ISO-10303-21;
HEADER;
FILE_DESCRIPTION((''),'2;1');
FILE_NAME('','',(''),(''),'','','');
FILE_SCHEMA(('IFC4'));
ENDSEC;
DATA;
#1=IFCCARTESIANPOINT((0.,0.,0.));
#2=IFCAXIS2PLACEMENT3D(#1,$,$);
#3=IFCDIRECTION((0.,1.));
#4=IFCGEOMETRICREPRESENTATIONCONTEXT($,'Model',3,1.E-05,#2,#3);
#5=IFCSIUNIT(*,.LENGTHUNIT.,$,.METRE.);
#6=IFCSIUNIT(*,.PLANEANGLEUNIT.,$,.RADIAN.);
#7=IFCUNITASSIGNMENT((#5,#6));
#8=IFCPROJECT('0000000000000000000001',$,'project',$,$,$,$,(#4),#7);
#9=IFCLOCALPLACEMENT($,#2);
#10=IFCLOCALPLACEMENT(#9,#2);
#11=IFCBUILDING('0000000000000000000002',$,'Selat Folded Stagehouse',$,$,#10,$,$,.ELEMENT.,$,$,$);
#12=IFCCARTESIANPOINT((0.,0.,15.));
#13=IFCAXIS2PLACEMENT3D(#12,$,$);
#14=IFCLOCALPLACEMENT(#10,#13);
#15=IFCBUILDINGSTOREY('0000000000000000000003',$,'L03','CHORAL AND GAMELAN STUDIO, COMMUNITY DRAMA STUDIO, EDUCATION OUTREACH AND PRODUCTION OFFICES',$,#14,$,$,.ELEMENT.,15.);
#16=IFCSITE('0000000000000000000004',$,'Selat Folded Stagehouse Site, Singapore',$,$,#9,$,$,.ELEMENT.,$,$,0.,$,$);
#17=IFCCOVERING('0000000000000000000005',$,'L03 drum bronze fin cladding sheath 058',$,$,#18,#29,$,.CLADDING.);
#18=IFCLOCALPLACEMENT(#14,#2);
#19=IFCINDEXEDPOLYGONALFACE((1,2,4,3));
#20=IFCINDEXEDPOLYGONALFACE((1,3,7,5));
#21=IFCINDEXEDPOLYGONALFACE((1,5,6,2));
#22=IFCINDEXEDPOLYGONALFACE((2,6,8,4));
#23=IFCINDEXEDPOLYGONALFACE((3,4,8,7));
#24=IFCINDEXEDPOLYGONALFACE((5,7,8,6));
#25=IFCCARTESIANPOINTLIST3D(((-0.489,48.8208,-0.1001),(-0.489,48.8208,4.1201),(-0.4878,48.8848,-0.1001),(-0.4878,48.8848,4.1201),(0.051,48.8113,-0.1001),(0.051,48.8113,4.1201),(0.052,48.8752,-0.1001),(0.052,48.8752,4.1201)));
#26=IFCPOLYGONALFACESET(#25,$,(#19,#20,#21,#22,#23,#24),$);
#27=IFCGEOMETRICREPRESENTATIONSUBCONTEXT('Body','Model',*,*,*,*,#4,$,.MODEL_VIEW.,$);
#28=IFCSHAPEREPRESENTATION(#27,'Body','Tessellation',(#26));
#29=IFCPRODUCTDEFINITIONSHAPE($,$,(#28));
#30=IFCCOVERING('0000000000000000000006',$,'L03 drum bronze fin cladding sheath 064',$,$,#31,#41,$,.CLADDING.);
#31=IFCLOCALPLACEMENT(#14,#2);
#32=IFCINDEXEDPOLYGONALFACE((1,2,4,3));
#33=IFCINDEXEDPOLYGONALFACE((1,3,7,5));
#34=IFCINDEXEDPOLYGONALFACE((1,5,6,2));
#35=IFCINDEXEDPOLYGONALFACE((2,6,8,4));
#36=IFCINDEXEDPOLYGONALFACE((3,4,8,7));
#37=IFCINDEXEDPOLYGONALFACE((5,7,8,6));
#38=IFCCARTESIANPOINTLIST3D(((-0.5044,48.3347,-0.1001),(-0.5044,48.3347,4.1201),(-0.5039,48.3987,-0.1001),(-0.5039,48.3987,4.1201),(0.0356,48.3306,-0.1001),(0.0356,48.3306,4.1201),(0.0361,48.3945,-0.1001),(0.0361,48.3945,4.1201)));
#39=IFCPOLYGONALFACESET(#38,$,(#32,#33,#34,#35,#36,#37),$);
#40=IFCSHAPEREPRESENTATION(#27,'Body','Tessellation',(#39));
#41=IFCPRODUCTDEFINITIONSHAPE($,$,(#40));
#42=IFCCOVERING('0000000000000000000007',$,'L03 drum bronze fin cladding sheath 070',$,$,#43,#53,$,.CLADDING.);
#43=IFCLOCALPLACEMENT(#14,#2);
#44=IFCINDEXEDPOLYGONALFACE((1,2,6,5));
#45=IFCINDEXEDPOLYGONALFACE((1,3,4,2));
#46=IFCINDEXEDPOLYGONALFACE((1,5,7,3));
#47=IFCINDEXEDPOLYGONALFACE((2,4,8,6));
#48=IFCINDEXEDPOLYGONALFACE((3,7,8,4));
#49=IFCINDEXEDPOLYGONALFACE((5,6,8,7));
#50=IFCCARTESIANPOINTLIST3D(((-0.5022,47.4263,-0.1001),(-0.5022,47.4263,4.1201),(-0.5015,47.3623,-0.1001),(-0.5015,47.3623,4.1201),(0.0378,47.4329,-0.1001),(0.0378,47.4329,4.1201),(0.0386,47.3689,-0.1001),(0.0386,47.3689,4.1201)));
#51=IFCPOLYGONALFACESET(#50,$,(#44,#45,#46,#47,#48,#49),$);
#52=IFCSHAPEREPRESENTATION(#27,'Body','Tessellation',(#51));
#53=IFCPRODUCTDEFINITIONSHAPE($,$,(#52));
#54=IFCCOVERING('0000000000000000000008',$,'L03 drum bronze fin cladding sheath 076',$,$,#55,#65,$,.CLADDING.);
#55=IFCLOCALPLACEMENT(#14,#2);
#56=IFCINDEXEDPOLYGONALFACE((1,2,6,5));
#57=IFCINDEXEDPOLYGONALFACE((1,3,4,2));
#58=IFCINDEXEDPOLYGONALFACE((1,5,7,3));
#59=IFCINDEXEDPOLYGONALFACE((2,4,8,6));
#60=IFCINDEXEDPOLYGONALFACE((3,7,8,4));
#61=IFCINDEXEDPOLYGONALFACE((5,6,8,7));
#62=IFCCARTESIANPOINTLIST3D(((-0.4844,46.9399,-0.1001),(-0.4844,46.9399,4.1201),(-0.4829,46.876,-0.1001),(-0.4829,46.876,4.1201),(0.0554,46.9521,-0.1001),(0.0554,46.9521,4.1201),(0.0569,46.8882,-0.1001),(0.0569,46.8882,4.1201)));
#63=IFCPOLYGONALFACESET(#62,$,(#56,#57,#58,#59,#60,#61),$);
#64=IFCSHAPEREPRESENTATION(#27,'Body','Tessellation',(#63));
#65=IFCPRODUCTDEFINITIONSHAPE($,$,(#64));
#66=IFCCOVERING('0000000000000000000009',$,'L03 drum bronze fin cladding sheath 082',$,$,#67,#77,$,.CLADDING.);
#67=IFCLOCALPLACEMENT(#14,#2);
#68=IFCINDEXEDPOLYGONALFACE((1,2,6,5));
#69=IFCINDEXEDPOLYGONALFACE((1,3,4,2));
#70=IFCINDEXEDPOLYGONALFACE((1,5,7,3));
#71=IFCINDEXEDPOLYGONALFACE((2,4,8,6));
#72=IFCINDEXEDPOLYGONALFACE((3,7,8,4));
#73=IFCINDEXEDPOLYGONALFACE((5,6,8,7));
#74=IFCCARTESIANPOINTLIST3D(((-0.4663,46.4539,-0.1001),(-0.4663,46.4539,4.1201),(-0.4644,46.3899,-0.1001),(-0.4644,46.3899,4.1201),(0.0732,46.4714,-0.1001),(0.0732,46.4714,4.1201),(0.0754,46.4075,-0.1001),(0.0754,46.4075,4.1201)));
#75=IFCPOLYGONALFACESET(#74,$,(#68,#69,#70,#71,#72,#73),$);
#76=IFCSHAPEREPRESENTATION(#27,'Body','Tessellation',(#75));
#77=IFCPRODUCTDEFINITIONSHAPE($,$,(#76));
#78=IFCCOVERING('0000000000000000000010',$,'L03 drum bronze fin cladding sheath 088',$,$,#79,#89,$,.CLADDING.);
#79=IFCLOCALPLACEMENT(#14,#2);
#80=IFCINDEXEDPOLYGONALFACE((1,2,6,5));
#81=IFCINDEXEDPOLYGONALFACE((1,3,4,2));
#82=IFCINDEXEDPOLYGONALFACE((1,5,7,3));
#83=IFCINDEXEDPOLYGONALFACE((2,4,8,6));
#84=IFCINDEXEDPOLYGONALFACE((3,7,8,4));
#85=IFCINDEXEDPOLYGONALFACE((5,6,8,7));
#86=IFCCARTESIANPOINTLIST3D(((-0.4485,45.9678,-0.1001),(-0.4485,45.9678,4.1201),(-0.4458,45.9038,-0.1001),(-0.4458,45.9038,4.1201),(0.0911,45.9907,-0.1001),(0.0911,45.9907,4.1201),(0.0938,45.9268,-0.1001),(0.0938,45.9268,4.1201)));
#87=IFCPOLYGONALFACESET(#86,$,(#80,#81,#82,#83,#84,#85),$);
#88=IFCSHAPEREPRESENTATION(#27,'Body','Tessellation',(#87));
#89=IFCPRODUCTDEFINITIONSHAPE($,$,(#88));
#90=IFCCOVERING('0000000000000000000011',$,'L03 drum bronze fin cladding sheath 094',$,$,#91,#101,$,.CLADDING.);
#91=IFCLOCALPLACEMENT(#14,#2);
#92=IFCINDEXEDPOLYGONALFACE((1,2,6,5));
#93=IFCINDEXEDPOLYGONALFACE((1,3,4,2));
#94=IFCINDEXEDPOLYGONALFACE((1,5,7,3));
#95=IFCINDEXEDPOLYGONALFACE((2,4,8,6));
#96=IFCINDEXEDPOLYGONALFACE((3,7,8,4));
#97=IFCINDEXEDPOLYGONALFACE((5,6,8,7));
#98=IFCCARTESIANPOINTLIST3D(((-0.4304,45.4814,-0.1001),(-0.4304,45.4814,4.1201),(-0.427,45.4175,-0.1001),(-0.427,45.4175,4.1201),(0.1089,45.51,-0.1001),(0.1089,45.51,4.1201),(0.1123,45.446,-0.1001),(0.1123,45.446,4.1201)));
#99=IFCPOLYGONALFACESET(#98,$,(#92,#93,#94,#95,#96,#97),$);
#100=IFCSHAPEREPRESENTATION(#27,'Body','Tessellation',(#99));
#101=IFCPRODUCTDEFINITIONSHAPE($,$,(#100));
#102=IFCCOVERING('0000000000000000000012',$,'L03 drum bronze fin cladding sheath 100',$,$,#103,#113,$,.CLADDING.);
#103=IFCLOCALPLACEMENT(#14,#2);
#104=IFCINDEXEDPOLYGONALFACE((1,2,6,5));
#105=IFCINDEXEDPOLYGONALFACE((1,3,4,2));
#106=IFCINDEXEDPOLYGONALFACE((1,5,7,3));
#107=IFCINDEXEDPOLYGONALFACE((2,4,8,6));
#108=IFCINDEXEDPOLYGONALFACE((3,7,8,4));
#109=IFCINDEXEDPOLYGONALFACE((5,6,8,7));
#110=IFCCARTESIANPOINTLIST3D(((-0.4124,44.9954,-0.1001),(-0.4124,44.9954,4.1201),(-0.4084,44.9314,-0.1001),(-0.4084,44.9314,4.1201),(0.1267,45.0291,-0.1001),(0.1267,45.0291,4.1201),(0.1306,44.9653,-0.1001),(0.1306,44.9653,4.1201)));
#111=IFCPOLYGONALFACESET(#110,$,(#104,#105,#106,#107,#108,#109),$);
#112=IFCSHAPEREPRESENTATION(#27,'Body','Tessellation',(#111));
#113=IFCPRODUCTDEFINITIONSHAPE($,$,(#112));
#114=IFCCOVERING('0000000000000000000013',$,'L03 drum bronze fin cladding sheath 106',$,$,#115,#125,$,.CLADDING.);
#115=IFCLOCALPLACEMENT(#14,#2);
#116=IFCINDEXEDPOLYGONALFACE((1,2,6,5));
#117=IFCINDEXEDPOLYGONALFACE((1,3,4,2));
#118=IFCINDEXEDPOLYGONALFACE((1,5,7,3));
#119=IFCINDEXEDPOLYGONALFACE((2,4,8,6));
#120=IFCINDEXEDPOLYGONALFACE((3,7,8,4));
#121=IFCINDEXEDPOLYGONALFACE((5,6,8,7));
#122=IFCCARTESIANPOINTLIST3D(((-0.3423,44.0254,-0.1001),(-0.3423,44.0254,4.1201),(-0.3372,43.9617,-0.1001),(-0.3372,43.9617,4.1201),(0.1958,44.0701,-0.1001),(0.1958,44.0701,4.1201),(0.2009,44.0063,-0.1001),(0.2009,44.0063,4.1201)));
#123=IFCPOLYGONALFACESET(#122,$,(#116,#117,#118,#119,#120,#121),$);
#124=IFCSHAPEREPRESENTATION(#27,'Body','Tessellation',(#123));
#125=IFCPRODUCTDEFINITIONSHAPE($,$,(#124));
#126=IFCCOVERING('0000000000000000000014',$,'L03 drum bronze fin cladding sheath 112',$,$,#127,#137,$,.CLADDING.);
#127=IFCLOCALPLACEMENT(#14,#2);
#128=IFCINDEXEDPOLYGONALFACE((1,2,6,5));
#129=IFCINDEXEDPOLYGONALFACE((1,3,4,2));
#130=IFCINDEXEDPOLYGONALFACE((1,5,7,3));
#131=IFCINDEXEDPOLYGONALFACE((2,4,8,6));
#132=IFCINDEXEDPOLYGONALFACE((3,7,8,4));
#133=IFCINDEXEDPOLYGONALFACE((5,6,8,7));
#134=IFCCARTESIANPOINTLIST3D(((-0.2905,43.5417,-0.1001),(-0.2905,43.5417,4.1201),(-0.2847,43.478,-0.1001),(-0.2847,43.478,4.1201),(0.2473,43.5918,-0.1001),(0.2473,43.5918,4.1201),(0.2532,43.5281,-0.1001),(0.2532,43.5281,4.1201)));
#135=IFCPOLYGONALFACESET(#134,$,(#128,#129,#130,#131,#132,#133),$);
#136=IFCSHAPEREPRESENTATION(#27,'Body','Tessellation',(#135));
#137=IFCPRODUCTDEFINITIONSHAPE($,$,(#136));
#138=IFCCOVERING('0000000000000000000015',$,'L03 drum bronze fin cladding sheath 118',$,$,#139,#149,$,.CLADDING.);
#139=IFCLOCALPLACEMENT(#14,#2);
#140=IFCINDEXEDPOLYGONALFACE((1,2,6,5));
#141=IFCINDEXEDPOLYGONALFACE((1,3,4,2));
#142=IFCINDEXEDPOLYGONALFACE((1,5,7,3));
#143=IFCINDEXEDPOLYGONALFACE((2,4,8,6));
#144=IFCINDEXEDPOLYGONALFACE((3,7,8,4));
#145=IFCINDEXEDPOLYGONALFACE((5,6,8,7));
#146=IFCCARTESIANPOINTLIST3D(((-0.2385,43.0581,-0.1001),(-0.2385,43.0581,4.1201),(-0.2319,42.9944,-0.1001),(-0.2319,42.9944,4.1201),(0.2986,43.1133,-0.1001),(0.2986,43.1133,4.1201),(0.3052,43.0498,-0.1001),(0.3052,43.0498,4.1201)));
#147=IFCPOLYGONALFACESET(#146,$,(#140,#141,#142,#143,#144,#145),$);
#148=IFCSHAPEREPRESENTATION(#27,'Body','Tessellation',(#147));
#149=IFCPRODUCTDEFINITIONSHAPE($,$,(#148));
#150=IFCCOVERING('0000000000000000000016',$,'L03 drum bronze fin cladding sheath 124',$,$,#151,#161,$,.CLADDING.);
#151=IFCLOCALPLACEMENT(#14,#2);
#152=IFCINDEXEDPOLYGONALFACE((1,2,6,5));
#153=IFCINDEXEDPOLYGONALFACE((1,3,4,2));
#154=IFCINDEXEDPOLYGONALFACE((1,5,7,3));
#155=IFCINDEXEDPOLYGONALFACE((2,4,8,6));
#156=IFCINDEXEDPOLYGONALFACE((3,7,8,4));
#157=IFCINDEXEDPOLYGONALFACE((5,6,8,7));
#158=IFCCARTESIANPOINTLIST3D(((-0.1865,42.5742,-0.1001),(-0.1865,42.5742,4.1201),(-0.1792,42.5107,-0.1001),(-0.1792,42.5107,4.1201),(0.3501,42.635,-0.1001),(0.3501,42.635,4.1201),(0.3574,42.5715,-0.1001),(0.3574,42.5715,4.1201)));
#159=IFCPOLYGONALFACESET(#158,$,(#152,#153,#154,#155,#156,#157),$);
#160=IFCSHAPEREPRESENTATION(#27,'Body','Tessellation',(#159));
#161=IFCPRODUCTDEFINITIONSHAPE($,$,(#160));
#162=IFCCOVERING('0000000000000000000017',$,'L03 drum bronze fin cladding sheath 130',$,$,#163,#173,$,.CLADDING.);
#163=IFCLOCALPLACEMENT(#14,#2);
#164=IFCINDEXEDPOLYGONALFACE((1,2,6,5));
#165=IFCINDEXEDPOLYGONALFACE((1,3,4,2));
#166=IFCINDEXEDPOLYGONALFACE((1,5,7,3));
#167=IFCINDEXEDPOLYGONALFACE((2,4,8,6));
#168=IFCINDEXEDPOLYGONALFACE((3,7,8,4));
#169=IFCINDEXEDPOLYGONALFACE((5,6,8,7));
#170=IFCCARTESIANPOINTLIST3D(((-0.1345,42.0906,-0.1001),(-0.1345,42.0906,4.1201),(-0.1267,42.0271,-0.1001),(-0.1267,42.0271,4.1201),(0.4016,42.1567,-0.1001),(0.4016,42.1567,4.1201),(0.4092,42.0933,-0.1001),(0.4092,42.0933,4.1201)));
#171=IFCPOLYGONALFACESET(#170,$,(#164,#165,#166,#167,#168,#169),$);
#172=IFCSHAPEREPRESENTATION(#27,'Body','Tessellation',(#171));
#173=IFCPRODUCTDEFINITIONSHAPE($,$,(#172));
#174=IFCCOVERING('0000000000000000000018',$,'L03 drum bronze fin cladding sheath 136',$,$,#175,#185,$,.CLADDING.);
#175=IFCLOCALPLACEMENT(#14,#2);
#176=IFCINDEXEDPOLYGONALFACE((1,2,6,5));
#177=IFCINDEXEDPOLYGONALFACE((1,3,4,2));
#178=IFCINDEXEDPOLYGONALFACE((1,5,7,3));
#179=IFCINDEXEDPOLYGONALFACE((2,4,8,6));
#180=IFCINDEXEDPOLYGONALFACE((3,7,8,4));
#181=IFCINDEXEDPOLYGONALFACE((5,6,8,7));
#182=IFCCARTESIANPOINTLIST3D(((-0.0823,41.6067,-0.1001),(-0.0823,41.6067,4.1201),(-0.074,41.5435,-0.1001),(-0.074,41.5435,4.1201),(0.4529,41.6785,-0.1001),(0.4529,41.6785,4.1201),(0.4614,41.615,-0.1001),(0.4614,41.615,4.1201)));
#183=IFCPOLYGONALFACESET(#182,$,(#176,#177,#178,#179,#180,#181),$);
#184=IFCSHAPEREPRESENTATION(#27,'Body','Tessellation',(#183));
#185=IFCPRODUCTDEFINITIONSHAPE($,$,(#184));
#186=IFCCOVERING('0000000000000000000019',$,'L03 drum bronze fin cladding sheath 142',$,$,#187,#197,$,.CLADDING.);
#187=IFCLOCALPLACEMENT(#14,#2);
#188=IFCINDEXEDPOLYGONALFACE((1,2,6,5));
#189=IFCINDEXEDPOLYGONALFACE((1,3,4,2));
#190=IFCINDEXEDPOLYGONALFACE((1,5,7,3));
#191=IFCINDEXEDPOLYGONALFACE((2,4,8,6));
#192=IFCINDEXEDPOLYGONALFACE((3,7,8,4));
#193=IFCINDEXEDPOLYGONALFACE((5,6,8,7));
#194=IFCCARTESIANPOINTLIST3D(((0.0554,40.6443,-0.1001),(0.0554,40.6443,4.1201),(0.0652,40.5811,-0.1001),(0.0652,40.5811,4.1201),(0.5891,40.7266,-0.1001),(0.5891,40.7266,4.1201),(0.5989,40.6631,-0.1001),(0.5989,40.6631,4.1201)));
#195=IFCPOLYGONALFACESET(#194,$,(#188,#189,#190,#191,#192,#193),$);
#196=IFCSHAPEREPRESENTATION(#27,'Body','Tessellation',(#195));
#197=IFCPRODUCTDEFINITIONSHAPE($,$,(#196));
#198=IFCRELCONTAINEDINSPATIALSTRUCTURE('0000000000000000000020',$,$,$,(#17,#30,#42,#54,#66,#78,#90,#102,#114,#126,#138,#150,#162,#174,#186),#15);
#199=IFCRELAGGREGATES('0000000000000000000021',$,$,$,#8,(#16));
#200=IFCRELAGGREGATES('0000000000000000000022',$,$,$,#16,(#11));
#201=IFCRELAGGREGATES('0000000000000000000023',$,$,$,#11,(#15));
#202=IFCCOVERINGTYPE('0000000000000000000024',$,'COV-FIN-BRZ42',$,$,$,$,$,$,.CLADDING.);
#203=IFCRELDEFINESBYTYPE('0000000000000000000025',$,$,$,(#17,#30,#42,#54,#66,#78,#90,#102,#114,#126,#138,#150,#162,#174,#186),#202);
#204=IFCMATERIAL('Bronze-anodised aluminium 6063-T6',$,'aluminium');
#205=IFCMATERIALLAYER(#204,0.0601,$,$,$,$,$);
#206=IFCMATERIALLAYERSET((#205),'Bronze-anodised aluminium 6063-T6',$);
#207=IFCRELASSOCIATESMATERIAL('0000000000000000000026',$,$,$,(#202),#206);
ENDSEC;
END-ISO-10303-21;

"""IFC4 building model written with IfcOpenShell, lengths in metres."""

from ifc_helpers import new_model, si_unit, direction, frame, origin, place, context, subcontext, project, spatial, polyline, outline, extrude, material, layer, layer_set, type_object, element, save


model = new_model("IFC4")

# Units and contexts
model_context = context("Model", 3, precision=1e-05, world=origin(), true_north=direction((0.0, 1.0)))
body_context = subcontext(model_context, "Body", "Model", "MODEL_VIEW")
ifc_project = project(units=[si_unit("LENGTHUNIT", "METRE"), si_unit("PLANEANGLEUNIT", "RADIAN")], contexts=[model_context])

# Site, building, storey
site_placement = place(None, origin())
site = spatial("IfcSite", under=ifc_project, at=site_placement, Name="Selat Folded Stagehouse Site, Singapore", CompositionType="ELEMENT", RefElevation=0.0)
building_placement = place(site_placement, origin())
building = spatial("IfcBuilding", under=site, at=building_placement, Name="Selat Folded Stagehouse", CompositionType="ELEMENT")
storey_placement = place(building_placement, frame((0.0, 0.0, 15.0)))
storey = spatial("IfcBuildingStorey", under=building, at=storey_placement, Name="L03", Description="CHORAL AND GAMELAN STUDIO, COMMUNITY DRAMA STUDIO, EDUCATION OUTREACH AND PRODUCTION OFFICES", CompositionType="ELEMENT", Elevation=15.0)

# Coverings
ifc_material = material(Name="Bronze-anodised aluminium 6063-T6", Category="aluminium")
ifc_layer = layer(ifc_material, 0.0601)
ifc_layer_set = layer_set([ifc_layer], Name="Bronze-anodised aluminium 6063-T6")
covering_type = type_object("IfcCoveringType", Name="COV-FIN-BRZ42", PredefinedType="CLADDING", material=ifc_layer_set)
covering_1_placement = place(storey_placement, frame((0.0, 0.0, -0.1001)))
element("IfcCovering", 1, at=covering_1_placement, inside=storey, type_object=covering_type, Name="L03 drum bronze fin cladding sheath 058", PredefinedType="CLADDING", context=body_context, shape_type="SweptSolid", body=[
    extrude(outline(polyline([(0.052, 48.8752), (-0.4878, 48.8848), (-0.489, 48.8208), (0.051, 48.8113), (0.052, 48.8752)])), origin(), (0.0, 0.0, 1.0), 4.2202),
])
covering_2_placement = place(storey_placement, frame((0.0, 0.0, -0.1001)))
element("IfcCovering", 2, at=covering_2_placement, inside=storey, type_object=covering_type, Name="L03 drum bronze fin cladding sheath 064", PredefinedType="CLADDING", context=body_context, shape_type="SweptSolid", body=[
    extrude(outline(polyline([(0.0361, 48.3945), (-0.5039, 48.3987), (-0.5044, 48.3347), (0.0356, 48.3306), (0.0361, 48.3945)])), origin(), (0.0, 0.0, 1.0), 4.2202),
])
covering_3_placement = place(storey_placement, frame((0.0, 0.0, -0.1001)))
element("IfcCovering", 3, at=covering_3_placement, inside=storey, type_object=covering_type, Name="L03 drum bronze fin cladding sheath 070", PredefinedType="CLADDING", context=body_context, shape_type="SweptSolid", body=[
    extrude(outline(polyline([(0.0378, 47.4329), (-0.5022, 47.4263), (-0.5015, 47.3623), (0.0386, 47.3689), (0.0378, 47.4329)])), origin(), (0.0, 0.0, 1.0), 4.2202),
])
covering_4_placement = place(storey_placement, frame((0.0, 0.0, -0.1001)))
element("IfcCovering", 4, at=covering_4_placement, inside=storey, type_object=covering_type, Name="L03 drum bronze fin cladding sheath 076", PredefinedType="CLADDING", context=body_context, shape_type="SweptSolid", body=[
    extrude(outline(polyline([(0.0554, 46.9521), (-0.4844, 46.9399), (-0.4829, 46.876), (0.0569, 46.8882), (0.0554, 46.9521)])), origin(), (0.0, 0.0, 1.0), 4.2202),
])
covering_5_placement = place(storey_placement, frame((0.0, 0.0, -0.1001)))
element("IfcCovering", 5, at=covering_5_placement, inside=storey, type_object=covering_type, Name="L03 drum bronze fin cladding sheath 082", PredefinedType="CLADDING", context=body_context, shape_type="SweptSolid", body=[
    extrude(outline(polyline([(0.0732, 46.4714), (-0.4663, 46.4539), (-0.4644, 46.3899), (0.0754, 46.4075), (0.0732, 46.4714)])), origin(), (0.0, 0.0, 1.0), 4.2202),
])
covering_6_placement = place(storey_placement, frame((0.0, 0.0, -0.1001)))
element("IfcCovering", 6, at=covering_6_placement, inside=storey, type_object=covering_type, Name="L03 drum bronze fin cladding sheath 088", PredefinedType="CLADDING", context=body_context, shape_type="SweptSolid", body=[
    extrude(outline(polyline([(0.0911, 45.9907), (-0.4485, 45.9678), (-0.4458, 45.9038), (0.0938, 45.9268), (0.0911, 45.9907)])), origin(), (0.0, 0.0, 1.0), 4.2202),
])
covering_7_placement = place(storey_placement, frame((0.0, 0.0, -0.1001)))
element("IfcCovering", 7, at=covering_7_placement, inside=storey, type_object=covering_type, Name="L03 drum bronze fin cladding sheath 094", PredefinedType="CLADDING", context=body_context, shape_type="SweptSolid", body=[
    extrude(outline(polyline([(0.1089, 45.51), (-0.4304, 45.4814), (-0.427, 45.4175), (0.1123, 45.446), (0.1089, 45.51)])), origin(), (0.0, 0.0, 1.0), 4.2202),
])
covering_8_placement = place(storey_placement, frame((0.0, 0.0, -0.1001)))
element("IfcCovering", 8, at=covering_8_placement, inside=storey, type_object=covering_type, Name="L03 drum bronze fin cladding sheath 100", PredefinedType="CLADDING", context=body_context, shape_type="SweptSolid", body=[
    extrude(outline(polyline([(0.1267, 45.0291), (-0.4124, 44.9954), (-0.4084, 44.9314), (0.1306, 44.9653), (0.1267, 45.0291)])), origin(), (0.0, 0.0, 1.0), 4.2202),
])
covering_9_placement = place(storey_placement, frame((0.0, 0.0, -0.1001)))
element("IfcCovering", 9, at=covering_9_placement, inside=storey, type_object=covering_type, Name="L03 drum bronze fin cladding sheath 106", PredefinedType="CLADDING", context=body_context, shape_type="SweptSolid", body=[
    extrude(outline(polyline([(0.1958, 44.0701), (-0.3423, 44.0254), (-0.3372, 43.9617), (0.2009, 44.0063), (0.1958, 44.0701)])), origin(), (0.0, 0.0, 1.0), 4.2202),
])
covering_10_placement = place(storey_placement, frame((0.0, 0.0, -0.1001)))
element("IfcCovering", 10, at=covering_10_placement, inside=storey, type_object=covering_type, Name="L03 drum bronze fin cladding sheath 112", PredefinedType="CLADDING", context=body_context, shape_type="SweptSolid", body=[
    extrude(outline(polyline([(0.2473, 43.5918), (-0.2905, 43.5417), (-0.2847, 43.478), (0.2532, 43.5281), (0.2473, 43.5918)])), origin(), (0.0, 0.0, 1.0), 4.2202),
])
covering_11_placement = place(storey_placement, frame((0.0, 0.0, -0.1001)))
element("IfcCovering", 11, at=covering_11_placement, inside=storey, type_object=covering_type, Name="L03 drum bronze fin cladding sheath 118", PredefinedType="CLADDING", context=body_context, shape_type="SweptSolid", body=[
    extrude(outline(polyline([(0.2986, 43.1133), (-0.2385, 43.0581), (-0.2319, 42.9944), (0.3052, 43.0498), (0.2986, 43.1133)])), origin(), (0.0, 0.0, 1.0), 4.2202),
])
covering_12_placement = place(storey_placement, frame((0.0, 0.0, -0.1001)))
element("IfcCovering", 12, at=covering_12_placement, inside=storey, type_object=covering_type, Name="L03 drum bronze fin cladding sheath 124", PredefinedType="CLADDING", context=body_context, shape_type="SweptSolid", body=[
    extrude(outline(polyline([(0.3501, 42.635), (-0.1865, 42.5742), (-0.1792, 42.5107), (0.3574, 42.5715), (0.3501, 42.635)])), origin(), (0.0, 0.0, 1.0), 4.2202),
])
covering_13_placement = place(storey_placement, frame((0.0, 0.0, -0.1001)))
element("IfcCovering", 13, at=covering_13_placement, inside=storey, type_object=covering_type, Name="L03 drum bronze fin cladding sheath 130", PredefinedType="CLADDING", context=body_context, shape_type="SweptSolid", body=[
    extrude(outline(polyline([(0.4016, 42.1567), (-0.1345, 42.0906), (-0.1267, 42.0271), (0.4092, 42.0933), (0.4016, 42.1567)])), origin(), (0.0, 0.0, 1.0), 4.2202),
])
covering_14_placement = place(storey_placement, frame((0.0, 0.0, -0.1001)))
element("IfcCovering", 14, at=covering_14_placement, inside=storey, type_object=covering_type, Name="L03 drum bronze fin cladding sheath 136", PredefinedType="CLADDING", context=body_context, shape_type="SweptSolid", body=[
    extrude(outline(polyline([(0.4529, 41.6785), (-0.0823, 41.6067), (-0.074, 41.5435), (0.4614, 41.615), (0.4529, 41.6785)])), origin(), (0.0, 0.0, 1.0), 4.2202),
])
covering_15_placement = place(storey_placement, frame((0.0, 0.0, -0.1001)))
element("IfcCovering", 15, at=covering_15_placement, inside=storey, type_object=covering_type, Name="L03 drum bronze fin cladding sheath 142", PredefinedType="CLADDING", context=body_context, shape_type="SweptSolid", body=[
    extrude(outline(polyline([(0.5891, 40.7266), (0.0554, 40.6443), (0.0652, 40.5811), (0.5989, 40.6631), (0.5891, 40.7266)])), origin(), (0.0, 0.0, 1.0), 4.2202),
])

save(model, "model.ifc")
